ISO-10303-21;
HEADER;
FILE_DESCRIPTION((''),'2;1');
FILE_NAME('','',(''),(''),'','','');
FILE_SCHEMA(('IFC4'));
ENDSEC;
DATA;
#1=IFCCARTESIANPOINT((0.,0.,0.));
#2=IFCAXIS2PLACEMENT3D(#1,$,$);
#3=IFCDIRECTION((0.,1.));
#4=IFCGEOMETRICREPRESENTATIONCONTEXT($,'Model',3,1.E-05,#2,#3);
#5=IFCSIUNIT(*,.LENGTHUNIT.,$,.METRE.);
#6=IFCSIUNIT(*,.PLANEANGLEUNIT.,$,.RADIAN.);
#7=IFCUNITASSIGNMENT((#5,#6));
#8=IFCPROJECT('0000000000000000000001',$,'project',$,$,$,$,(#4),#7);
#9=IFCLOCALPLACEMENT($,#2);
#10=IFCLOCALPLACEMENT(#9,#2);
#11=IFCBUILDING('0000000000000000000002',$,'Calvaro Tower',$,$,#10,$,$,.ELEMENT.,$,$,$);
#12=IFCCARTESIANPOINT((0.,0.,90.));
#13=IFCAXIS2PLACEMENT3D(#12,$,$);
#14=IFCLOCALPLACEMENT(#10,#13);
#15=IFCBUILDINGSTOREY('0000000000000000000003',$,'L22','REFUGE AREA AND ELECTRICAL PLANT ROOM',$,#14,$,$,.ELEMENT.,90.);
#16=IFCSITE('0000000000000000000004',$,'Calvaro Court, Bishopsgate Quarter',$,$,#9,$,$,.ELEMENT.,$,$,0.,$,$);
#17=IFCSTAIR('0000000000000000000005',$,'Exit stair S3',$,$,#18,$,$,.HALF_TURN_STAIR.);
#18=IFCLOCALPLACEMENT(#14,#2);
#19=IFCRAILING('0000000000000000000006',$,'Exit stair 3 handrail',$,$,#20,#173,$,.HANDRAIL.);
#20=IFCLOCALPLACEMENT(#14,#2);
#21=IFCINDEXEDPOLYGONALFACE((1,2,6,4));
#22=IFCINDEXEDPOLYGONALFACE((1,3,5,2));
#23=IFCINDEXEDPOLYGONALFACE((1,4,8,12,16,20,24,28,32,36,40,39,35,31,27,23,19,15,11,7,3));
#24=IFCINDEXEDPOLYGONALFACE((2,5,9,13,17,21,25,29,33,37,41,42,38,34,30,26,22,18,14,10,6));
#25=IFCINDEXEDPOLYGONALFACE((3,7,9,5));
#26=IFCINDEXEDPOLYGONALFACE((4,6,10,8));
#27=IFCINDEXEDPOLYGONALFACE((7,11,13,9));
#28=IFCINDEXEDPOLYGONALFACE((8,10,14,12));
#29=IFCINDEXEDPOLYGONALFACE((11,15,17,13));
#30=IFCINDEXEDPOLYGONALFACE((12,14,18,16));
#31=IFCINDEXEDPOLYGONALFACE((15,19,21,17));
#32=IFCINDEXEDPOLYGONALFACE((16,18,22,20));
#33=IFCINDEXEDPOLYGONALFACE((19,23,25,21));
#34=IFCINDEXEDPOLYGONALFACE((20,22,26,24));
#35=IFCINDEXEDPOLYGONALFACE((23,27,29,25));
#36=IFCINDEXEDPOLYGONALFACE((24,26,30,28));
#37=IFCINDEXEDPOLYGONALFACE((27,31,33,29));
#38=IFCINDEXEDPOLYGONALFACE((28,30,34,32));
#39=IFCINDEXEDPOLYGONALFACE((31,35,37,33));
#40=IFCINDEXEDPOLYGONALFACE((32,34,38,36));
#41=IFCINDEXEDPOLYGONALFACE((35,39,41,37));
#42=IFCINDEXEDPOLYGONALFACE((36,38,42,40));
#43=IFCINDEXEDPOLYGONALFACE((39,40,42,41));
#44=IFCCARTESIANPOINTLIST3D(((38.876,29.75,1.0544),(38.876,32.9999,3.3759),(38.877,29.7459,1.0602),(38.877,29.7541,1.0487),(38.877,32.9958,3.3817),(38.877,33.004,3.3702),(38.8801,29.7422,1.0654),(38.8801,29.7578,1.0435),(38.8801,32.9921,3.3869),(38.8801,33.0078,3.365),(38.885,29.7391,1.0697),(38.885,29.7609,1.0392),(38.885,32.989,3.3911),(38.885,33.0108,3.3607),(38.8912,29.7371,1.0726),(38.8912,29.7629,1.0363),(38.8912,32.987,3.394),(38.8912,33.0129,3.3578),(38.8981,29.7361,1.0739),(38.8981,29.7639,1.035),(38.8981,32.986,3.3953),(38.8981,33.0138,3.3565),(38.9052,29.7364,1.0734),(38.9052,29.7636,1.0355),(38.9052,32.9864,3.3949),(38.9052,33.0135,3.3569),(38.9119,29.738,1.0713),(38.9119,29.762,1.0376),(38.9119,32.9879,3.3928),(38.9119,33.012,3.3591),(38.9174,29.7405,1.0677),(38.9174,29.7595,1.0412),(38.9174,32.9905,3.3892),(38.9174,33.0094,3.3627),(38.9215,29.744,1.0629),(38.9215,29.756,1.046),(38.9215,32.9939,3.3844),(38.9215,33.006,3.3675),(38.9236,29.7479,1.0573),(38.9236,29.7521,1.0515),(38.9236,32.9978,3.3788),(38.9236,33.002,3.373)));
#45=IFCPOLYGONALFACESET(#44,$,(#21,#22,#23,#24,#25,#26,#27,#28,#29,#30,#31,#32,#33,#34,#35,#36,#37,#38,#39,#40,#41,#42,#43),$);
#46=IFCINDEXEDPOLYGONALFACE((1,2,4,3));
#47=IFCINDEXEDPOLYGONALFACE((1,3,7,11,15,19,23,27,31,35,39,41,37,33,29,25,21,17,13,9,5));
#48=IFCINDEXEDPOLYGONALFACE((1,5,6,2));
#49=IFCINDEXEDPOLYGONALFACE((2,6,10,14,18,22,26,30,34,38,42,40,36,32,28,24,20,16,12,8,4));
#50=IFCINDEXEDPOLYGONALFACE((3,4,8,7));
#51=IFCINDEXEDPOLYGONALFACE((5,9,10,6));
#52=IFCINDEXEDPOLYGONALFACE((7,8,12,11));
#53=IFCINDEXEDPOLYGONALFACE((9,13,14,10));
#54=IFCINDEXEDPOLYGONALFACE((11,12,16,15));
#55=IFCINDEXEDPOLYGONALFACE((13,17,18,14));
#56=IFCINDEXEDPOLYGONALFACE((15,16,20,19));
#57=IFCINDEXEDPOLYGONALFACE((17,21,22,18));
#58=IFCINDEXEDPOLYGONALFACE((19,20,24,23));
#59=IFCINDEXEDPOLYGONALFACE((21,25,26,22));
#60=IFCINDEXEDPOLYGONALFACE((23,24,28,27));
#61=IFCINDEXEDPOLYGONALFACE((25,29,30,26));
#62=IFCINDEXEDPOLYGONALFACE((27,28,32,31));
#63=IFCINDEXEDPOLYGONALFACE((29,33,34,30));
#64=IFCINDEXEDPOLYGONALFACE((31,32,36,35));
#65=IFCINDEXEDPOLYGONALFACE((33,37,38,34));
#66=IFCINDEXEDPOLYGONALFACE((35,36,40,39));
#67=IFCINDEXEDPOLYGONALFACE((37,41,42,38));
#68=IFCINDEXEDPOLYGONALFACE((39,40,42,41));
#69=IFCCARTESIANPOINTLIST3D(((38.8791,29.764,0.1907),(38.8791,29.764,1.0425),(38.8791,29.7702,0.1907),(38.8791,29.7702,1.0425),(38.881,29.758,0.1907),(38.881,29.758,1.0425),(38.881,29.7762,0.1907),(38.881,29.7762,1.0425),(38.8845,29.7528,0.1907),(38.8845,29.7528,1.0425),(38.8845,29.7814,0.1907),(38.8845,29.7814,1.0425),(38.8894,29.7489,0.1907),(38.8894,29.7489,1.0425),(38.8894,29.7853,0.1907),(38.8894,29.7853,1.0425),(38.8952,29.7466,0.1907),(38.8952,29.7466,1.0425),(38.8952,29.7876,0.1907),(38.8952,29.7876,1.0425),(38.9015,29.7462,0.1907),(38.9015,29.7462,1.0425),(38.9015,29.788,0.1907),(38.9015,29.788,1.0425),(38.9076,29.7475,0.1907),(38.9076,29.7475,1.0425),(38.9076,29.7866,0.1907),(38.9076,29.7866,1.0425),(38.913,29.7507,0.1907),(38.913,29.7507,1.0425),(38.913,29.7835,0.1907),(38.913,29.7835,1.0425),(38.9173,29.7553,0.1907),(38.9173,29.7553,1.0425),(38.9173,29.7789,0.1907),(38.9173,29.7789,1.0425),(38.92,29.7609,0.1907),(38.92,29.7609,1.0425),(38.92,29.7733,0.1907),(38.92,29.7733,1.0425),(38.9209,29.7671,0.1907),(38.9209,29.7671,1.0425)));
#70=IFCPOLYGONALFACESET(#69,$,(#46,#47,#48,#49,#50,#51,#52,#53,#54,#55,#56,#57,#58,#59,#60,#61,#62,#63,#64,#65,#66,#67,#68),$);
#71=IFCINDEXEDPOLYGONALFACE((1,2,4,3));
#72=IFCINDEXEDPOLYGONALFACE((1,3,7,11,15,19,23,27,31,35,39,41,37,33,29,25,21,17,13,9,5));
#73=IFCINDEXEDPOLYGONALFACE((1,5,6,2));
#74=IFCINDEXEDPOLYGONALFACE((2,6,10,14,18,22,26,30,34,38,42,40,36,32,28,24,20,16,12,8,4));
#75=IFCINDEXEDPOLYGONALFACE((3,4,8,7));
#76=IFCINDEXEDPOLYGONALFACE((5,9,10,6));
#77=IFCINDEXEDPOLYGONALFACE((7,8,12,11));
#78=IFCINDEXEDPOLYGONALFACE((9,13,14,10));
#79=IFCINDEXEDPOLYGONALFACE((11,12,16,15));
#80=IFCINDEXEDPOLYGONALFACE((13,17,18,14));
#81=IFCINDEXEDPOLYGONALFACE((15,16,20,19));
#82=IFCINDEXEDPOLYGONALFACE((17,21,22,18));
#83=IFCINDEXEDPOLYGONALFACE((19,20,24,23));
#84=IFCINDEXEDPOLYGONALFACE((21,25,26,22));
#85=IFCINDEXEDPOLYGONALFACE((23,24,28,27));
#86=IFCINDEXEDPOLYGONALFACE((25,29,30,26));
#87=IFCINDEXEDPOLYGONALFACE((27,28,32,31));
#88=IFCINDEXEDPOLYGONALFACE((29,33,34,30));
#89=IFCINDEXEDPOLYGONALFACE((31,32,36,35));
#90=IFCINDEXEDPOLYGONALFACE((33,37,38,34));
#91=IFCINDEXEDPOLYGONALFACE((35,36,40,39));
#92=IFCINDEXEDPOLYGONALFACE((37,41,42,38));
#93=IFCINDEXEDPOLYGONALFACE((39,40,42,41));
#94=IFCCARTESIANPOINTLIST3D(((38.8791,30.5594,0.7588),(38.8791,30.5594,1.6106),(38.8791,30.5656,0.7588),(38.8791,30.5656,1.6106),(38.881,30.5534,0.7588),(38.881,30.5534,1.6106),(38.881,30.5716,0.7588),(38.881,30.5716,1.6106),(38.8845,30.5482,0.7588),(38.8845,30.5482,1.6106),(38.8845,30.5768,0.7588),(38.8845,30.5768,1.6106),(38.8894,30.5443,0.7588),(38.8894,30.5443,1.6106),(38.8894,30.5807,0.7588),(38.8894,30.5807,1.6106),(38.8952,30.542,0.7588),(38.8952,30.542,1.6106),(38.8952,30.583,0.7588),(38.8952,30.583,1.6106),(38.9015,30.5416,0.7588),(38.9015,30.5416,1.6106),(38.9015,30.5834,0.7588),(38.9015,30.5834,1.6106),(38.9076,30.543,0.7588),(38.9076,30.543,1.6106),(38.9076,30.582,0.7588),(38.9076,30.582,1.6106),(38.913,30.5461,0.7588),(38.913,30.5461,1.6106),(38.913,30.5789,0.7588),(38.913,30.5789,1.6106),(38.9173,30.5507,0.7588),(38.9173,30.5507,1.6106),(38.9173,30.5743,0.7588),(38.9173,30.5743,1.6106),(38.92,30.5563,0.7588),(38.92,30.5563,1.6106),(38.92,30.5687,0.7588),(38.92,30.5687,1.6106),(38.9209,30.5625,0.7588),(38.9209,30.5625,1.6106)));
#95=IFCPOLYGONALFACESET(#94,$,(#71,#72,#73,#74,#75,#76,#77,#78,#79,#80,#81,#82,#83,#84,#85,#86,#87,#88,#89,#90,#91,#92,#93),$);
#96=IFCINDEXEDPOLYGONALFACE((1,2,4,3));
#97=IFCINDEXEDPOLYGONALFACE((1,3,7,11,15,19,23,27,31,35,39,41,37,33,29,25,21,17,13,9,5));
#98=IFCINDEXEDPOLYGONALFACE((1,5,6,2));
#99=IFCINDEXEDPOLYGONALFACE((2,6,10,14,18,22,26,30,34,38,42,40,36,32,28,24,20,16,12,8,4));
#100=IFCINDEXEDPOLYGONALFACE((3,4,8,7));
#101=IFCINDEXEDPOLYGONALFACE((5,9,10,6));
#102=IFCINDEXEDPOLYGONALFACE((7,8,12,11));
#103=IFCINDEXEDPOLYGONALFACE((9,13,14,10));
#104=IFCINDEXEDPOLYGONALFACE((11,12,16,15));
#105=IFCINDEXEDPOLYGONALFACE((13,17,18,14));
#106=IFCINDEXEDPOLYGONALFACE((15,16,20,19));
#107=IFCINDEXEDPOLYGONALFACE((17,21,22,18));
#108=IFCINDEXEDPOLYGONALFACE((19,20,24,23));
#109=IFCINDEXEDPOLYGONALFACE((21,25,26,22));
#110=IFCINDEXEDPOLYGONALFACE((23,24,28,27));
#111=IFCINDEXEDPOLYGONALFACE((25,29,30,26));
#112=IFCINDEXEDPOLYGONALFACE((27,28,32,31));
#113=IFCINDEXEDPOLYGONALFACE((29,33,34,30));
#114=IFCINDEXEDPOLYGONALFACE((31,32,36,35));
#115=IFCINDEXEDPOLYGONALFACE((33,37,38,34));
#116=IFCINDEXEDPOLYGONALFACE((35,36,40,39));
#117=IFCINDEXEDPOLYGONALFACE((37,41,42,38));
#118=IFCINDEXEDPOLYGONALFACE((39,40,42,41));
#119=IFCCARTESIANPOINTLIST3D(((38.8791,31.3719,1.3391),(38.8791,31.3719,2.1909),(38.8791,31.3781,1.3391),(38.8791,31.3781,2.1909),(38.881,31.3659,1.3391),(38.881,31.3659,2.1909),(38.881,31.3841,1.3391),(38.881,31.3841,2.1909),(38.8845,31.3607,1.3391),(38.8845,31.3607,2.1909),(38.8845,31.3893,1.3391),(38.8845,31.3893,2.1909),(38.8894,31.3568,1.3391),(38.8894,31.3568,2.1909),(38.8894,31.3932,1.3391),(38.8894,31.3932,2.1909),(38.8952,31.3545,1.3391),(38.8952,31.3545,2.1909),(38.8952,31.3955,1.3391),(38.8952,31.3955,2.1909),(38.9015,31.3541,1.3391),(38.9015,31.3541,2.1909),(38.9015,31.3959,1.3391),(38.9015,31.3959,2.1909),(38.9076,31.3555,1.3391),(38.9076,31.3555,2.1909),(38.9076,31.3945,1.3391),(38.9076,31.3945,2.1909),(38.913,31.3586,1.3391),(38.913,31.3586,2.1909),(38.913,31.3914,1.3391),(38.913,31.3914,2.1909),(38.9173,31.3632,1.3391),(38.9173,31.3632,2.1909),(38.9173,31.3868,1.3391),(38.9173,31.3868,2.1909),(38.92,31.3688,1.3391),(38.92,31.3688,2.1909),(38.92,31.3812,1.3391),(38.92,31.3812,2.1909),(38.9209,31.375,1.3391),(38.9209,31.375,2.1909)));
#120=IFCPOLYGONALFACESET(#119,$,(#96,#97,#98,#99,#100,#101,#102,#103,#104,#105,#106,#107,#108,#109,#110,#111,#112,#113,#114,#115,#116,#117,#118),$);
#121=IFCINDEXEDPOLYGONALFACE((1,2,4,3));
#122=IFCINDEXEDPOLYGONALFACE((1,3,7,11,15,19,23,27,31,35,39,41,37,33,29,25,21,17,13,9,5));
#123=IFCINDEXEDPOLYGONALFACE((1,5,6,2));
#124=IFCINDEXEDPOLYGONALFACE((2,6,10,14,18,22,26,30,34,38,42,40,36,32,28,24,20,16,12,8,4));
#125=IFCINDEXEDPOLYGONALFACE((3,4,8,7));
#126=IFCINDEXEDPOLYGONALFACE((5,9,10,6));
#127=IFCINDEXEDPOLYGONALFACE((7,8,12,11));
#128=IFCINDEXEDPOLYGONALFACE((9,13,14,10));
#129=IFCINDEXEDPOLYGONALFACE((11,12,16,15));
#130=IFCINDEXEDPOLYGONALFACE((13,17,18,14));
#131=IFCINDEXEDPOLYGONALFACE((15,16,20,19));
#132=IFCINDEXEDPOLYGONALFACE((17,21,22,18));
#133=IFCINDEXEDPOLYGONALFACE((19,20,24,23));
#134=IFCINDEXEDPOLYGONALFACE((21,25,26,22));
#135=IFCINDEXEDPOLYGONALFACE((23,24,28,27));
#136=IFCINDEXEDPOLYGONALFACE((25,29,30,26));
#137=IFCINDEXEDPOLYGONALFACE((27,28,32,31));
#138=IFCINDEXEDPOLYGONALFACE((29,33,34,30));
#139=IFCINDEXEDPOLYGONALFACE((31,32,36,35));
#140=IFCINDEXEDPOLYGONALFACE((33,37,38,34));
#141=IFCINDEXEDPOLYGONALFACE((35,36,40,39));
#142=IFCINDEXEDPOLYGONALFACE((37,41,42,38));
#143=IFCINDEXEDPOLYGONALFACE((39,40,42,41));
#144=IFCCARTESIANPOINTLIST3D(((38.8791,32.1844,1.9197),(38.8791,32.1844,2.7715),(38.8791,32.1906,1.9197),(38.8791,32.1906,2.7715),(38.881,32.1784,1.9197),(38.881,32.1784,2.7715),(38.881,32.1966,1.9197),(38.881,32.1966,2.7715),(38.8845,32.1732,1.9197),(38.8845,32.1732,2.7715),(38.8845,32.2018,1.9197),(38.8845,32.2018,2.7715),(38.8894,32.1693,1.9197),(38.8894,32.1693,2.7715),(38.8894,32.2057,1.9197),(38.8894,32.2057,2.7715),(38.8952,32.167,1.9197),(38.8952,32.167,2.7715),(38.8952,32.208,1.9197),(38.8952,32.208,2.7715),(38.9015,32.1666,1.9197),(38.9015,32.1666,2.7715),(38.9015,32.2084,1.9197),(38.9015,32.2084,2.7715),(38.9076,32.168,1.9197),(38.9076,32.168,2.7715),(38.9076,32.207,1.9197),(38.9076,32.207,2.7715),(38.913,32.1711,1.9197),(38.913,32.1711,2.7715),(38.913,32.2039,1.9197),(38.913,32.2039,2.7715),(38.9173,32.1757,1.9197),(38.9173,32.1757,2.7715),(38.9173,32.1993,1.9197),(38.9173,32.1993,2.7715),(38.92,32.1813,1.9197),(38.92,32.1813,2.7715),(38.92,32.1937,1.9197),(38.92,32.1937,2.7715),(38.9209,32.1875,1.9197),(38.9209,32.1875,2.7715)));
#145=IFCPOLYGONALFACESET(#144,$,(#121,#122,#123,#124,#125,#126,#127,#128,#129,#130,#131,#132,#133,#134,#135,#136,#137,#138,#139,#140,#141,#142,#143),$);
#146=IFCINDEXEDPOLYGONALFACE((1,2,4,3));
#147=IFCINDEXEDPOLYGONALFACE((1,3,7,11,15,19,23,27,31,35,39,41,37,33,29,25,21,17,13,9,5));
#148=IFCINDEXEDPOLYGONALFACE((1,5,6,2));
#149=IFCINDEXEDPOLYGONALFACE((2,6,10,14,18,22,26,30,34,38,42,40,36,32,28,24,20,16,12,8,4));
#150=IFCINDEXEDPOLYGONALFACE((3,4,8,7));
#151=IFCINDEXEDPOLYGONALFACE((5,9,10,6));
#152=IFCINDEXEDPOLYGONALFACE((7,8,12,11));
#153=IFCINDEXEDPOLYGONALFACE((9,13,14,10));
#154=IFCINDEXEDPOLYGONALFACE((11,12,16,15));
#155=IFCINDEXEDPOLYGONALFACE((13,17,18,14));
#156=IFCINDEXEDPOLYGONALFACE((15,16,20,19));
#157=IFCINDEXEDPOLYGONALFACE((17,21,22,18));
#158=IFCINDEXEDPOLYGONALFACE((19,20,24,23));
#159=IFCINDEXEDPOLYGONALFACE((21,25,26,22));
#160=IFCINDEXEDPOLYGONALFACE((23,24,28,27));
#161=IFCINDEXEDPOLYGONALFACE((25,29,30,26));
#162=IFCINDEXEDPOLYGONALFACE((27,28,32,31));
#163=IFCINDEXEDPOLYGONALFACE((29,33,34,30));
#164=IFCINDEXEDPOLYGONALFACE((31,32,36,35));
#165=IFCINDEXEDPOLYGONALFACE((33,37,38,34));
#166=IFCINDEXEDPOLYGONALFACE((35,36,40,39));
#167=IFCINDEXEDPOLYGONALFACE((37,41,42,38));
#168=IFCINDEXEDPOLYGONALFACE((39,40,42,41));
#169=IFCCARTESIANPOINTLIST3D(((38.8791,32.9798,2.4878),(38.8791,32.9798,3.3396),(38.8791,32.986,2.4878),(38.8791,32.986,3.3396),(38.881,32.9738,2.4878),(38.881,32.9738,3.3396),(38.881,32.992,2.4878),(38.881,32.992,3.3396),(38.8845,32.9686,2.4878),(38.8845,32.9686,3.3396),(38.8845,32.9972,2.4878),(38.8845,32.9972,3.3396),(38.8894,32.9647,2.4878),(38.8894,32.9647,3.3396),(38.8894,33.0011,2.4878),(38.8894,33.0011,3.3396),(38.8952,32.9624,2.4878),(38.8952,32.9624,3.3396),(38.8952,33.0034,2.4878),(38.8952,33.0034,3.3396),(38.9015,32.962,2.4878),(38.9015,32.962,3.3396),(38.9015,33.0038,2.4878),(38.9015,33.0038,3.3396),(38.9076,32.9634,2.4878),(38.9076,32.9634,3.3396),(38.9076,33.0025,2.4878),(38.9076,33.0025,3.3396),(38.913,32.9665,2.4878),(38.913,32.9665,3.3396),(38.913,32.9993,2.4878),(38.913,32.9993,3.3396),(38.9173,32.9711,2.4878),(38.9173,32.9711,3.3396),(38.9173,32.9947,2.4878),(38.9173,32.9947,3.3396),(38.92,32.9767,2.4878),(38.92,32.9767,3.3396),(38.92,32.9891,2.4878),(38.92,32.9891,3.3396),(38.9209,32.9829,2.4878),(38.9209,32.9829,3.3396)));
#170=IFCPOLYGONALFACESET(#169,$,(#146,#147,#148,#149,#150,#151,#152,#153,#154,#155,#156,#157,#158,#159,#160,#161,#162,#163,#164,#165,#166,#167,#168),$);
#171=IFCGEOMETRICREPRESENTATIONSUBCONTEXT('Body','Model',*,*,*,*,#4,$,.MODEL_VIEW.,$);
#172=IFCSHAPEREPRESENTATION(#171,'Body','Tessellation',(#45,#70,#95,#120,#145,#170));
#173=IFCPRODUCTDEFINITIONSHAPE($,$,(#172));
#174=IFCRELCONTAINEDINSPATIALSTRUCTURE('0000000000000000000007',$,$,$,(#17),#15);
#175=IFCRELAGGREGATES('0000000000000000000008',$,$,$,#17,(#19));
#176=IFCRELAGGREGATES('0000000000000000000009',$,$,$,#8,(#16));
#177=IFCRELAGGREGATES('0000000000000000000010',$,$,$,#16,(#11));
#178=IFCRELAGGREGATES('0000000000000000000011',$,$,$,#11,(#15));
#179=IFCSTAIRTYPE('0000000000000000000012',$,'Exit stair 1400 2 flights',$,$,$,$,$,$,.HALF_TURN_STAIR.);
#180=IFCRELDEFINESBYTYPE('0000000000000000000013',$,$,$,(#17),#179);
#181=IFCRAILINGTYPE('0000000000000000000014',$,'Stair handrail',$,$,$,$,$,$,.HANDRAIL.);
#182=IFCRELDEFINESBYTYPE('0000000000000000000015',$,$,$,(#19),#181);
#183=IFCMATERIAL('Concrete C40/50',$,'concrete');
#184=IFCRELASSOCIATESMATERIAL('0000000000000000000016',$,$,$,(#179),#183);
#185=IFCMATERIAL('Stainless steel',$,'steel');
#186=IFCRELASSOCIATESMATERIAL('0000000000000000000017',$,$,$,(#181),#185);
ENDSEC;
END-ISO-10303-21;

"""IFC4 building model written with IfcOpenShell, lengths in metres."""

from ifc_helpers import new_model, si_unit, direction, frame, origin, origin_2d, place, context, subcontext, project, spatial, circle, extrude, material, type_object, element, aggregate, save


model = new_model("IFC4")

# Units and contexts
model_context = context("Model", 3, precision=1e-05, world=origin(), true_north=direction((0.0, 1.0)))
body_context = subcontext(model_context, "Body", "Model", "MODEL_VIEW")
ifc_project = project(units=[si_unit("LENGTHUNIT", "METRE"), si_unit("PLANEANGLEUNIT", "RADIAN")], contexts=[model_context])

# Site, building, storey
site_placement = place(None, origin())
site = spatial("IfcSite", under=ifc_project, at=site_placement, Name="Calvaro Court, Bishopsgate Quarter", CompositionType="ELEMENT", RefElevation=0.0)
building_placement = place(site_placement, origin())
building = spatial("IfcBuilding", under=site, at=building_placement, Name="Calvaro Tower", CompositionType="ELEMENT")
storey_placement = place(building_placement, frame((0.0, 0.0, 90.0)))
storey = spatial("IfcBuildingStorey", under=building, at=storey_placement, Name="L22", Description="REFUGE AREA AND ELECTRICAL PLANT ROOM", CompositionType="ELEMENT", Elevation=90.0)

# Stair
ifc_material_1 = material(Name="Concrete C40/50", Category="concrete")
stair_type = type_object("IfcStairType", Name="Exit stair 1400 2 flights", PredefinedType="HALF_TURN_STAIR", material=ifc_material_1)
stair_1_placement = place(storey_placement, origin())
stair_1 = element("IfcStair", 1, at=stair_1_placement, inside=storey, type_object=stair_type, Name="Exit stair S3", PredefinedType="HALF_TURN_STAIR")

# Railing
ifc_material_2 = material(Name="Stainless steel", Category="steel")
railing_type = type_object("IfcRailingType", Name="Stair handrail", PredefinedType="HANDRAIL", material=ifc_material_2)
railing_1_placement = place(storey_placement, frame((38.8999, 29.75, 0.1785)))
railing_1 = element("IfcRailing", 2, at=railing_1_placement, type_object=railing_type, Name="Exit stair 3 handrail", PredefinedType="HANDRAIL", context=body_context, shape_type="SweptSolid", body=[
    extrude(circle(Radius=0.0239, at=origin_2d()), frame((0.0, 0.0, 0.876), z_axis=(0.0, 0.813721, 0.581256), x_axis=(-1.0, 0.0, 0.0)), (0.0, 0.0, 1.0), 3.9939),
    extrude(circle(Radius=0.021, at=origin_2d()), frame((0.0, 0.0171, 0.0122)), (0.0, 0.0, 1.0), 0.8518),
    extrude(circle(Radius=0.021, at=origin_2d()), frame((0.0, 0.8125, 0.5803)), (0.0, 0.0, 1.0), 0.8518),
    extrude(circle(Radius=0.021, at=origin_2d()), frame((0.0, 1.625, 1.1606)), (0.0, 0.0, 1.0), 0.8518),
    extrude(circle(Radius=0.021, at=origin_2d()), frame((0.0, 2.4375, 1.7412)), (0.0, 0.0, 1.0), 0.8518),
    extrude(circle(Radius=0.021, at=origin_2d()), frame((0.0, 3.2329, 2.3093)), (0.0, 0.0, 1.0), 0.8518),
])
aggregate(stair_1, [railing_1])

save(model, "model.ifc")
